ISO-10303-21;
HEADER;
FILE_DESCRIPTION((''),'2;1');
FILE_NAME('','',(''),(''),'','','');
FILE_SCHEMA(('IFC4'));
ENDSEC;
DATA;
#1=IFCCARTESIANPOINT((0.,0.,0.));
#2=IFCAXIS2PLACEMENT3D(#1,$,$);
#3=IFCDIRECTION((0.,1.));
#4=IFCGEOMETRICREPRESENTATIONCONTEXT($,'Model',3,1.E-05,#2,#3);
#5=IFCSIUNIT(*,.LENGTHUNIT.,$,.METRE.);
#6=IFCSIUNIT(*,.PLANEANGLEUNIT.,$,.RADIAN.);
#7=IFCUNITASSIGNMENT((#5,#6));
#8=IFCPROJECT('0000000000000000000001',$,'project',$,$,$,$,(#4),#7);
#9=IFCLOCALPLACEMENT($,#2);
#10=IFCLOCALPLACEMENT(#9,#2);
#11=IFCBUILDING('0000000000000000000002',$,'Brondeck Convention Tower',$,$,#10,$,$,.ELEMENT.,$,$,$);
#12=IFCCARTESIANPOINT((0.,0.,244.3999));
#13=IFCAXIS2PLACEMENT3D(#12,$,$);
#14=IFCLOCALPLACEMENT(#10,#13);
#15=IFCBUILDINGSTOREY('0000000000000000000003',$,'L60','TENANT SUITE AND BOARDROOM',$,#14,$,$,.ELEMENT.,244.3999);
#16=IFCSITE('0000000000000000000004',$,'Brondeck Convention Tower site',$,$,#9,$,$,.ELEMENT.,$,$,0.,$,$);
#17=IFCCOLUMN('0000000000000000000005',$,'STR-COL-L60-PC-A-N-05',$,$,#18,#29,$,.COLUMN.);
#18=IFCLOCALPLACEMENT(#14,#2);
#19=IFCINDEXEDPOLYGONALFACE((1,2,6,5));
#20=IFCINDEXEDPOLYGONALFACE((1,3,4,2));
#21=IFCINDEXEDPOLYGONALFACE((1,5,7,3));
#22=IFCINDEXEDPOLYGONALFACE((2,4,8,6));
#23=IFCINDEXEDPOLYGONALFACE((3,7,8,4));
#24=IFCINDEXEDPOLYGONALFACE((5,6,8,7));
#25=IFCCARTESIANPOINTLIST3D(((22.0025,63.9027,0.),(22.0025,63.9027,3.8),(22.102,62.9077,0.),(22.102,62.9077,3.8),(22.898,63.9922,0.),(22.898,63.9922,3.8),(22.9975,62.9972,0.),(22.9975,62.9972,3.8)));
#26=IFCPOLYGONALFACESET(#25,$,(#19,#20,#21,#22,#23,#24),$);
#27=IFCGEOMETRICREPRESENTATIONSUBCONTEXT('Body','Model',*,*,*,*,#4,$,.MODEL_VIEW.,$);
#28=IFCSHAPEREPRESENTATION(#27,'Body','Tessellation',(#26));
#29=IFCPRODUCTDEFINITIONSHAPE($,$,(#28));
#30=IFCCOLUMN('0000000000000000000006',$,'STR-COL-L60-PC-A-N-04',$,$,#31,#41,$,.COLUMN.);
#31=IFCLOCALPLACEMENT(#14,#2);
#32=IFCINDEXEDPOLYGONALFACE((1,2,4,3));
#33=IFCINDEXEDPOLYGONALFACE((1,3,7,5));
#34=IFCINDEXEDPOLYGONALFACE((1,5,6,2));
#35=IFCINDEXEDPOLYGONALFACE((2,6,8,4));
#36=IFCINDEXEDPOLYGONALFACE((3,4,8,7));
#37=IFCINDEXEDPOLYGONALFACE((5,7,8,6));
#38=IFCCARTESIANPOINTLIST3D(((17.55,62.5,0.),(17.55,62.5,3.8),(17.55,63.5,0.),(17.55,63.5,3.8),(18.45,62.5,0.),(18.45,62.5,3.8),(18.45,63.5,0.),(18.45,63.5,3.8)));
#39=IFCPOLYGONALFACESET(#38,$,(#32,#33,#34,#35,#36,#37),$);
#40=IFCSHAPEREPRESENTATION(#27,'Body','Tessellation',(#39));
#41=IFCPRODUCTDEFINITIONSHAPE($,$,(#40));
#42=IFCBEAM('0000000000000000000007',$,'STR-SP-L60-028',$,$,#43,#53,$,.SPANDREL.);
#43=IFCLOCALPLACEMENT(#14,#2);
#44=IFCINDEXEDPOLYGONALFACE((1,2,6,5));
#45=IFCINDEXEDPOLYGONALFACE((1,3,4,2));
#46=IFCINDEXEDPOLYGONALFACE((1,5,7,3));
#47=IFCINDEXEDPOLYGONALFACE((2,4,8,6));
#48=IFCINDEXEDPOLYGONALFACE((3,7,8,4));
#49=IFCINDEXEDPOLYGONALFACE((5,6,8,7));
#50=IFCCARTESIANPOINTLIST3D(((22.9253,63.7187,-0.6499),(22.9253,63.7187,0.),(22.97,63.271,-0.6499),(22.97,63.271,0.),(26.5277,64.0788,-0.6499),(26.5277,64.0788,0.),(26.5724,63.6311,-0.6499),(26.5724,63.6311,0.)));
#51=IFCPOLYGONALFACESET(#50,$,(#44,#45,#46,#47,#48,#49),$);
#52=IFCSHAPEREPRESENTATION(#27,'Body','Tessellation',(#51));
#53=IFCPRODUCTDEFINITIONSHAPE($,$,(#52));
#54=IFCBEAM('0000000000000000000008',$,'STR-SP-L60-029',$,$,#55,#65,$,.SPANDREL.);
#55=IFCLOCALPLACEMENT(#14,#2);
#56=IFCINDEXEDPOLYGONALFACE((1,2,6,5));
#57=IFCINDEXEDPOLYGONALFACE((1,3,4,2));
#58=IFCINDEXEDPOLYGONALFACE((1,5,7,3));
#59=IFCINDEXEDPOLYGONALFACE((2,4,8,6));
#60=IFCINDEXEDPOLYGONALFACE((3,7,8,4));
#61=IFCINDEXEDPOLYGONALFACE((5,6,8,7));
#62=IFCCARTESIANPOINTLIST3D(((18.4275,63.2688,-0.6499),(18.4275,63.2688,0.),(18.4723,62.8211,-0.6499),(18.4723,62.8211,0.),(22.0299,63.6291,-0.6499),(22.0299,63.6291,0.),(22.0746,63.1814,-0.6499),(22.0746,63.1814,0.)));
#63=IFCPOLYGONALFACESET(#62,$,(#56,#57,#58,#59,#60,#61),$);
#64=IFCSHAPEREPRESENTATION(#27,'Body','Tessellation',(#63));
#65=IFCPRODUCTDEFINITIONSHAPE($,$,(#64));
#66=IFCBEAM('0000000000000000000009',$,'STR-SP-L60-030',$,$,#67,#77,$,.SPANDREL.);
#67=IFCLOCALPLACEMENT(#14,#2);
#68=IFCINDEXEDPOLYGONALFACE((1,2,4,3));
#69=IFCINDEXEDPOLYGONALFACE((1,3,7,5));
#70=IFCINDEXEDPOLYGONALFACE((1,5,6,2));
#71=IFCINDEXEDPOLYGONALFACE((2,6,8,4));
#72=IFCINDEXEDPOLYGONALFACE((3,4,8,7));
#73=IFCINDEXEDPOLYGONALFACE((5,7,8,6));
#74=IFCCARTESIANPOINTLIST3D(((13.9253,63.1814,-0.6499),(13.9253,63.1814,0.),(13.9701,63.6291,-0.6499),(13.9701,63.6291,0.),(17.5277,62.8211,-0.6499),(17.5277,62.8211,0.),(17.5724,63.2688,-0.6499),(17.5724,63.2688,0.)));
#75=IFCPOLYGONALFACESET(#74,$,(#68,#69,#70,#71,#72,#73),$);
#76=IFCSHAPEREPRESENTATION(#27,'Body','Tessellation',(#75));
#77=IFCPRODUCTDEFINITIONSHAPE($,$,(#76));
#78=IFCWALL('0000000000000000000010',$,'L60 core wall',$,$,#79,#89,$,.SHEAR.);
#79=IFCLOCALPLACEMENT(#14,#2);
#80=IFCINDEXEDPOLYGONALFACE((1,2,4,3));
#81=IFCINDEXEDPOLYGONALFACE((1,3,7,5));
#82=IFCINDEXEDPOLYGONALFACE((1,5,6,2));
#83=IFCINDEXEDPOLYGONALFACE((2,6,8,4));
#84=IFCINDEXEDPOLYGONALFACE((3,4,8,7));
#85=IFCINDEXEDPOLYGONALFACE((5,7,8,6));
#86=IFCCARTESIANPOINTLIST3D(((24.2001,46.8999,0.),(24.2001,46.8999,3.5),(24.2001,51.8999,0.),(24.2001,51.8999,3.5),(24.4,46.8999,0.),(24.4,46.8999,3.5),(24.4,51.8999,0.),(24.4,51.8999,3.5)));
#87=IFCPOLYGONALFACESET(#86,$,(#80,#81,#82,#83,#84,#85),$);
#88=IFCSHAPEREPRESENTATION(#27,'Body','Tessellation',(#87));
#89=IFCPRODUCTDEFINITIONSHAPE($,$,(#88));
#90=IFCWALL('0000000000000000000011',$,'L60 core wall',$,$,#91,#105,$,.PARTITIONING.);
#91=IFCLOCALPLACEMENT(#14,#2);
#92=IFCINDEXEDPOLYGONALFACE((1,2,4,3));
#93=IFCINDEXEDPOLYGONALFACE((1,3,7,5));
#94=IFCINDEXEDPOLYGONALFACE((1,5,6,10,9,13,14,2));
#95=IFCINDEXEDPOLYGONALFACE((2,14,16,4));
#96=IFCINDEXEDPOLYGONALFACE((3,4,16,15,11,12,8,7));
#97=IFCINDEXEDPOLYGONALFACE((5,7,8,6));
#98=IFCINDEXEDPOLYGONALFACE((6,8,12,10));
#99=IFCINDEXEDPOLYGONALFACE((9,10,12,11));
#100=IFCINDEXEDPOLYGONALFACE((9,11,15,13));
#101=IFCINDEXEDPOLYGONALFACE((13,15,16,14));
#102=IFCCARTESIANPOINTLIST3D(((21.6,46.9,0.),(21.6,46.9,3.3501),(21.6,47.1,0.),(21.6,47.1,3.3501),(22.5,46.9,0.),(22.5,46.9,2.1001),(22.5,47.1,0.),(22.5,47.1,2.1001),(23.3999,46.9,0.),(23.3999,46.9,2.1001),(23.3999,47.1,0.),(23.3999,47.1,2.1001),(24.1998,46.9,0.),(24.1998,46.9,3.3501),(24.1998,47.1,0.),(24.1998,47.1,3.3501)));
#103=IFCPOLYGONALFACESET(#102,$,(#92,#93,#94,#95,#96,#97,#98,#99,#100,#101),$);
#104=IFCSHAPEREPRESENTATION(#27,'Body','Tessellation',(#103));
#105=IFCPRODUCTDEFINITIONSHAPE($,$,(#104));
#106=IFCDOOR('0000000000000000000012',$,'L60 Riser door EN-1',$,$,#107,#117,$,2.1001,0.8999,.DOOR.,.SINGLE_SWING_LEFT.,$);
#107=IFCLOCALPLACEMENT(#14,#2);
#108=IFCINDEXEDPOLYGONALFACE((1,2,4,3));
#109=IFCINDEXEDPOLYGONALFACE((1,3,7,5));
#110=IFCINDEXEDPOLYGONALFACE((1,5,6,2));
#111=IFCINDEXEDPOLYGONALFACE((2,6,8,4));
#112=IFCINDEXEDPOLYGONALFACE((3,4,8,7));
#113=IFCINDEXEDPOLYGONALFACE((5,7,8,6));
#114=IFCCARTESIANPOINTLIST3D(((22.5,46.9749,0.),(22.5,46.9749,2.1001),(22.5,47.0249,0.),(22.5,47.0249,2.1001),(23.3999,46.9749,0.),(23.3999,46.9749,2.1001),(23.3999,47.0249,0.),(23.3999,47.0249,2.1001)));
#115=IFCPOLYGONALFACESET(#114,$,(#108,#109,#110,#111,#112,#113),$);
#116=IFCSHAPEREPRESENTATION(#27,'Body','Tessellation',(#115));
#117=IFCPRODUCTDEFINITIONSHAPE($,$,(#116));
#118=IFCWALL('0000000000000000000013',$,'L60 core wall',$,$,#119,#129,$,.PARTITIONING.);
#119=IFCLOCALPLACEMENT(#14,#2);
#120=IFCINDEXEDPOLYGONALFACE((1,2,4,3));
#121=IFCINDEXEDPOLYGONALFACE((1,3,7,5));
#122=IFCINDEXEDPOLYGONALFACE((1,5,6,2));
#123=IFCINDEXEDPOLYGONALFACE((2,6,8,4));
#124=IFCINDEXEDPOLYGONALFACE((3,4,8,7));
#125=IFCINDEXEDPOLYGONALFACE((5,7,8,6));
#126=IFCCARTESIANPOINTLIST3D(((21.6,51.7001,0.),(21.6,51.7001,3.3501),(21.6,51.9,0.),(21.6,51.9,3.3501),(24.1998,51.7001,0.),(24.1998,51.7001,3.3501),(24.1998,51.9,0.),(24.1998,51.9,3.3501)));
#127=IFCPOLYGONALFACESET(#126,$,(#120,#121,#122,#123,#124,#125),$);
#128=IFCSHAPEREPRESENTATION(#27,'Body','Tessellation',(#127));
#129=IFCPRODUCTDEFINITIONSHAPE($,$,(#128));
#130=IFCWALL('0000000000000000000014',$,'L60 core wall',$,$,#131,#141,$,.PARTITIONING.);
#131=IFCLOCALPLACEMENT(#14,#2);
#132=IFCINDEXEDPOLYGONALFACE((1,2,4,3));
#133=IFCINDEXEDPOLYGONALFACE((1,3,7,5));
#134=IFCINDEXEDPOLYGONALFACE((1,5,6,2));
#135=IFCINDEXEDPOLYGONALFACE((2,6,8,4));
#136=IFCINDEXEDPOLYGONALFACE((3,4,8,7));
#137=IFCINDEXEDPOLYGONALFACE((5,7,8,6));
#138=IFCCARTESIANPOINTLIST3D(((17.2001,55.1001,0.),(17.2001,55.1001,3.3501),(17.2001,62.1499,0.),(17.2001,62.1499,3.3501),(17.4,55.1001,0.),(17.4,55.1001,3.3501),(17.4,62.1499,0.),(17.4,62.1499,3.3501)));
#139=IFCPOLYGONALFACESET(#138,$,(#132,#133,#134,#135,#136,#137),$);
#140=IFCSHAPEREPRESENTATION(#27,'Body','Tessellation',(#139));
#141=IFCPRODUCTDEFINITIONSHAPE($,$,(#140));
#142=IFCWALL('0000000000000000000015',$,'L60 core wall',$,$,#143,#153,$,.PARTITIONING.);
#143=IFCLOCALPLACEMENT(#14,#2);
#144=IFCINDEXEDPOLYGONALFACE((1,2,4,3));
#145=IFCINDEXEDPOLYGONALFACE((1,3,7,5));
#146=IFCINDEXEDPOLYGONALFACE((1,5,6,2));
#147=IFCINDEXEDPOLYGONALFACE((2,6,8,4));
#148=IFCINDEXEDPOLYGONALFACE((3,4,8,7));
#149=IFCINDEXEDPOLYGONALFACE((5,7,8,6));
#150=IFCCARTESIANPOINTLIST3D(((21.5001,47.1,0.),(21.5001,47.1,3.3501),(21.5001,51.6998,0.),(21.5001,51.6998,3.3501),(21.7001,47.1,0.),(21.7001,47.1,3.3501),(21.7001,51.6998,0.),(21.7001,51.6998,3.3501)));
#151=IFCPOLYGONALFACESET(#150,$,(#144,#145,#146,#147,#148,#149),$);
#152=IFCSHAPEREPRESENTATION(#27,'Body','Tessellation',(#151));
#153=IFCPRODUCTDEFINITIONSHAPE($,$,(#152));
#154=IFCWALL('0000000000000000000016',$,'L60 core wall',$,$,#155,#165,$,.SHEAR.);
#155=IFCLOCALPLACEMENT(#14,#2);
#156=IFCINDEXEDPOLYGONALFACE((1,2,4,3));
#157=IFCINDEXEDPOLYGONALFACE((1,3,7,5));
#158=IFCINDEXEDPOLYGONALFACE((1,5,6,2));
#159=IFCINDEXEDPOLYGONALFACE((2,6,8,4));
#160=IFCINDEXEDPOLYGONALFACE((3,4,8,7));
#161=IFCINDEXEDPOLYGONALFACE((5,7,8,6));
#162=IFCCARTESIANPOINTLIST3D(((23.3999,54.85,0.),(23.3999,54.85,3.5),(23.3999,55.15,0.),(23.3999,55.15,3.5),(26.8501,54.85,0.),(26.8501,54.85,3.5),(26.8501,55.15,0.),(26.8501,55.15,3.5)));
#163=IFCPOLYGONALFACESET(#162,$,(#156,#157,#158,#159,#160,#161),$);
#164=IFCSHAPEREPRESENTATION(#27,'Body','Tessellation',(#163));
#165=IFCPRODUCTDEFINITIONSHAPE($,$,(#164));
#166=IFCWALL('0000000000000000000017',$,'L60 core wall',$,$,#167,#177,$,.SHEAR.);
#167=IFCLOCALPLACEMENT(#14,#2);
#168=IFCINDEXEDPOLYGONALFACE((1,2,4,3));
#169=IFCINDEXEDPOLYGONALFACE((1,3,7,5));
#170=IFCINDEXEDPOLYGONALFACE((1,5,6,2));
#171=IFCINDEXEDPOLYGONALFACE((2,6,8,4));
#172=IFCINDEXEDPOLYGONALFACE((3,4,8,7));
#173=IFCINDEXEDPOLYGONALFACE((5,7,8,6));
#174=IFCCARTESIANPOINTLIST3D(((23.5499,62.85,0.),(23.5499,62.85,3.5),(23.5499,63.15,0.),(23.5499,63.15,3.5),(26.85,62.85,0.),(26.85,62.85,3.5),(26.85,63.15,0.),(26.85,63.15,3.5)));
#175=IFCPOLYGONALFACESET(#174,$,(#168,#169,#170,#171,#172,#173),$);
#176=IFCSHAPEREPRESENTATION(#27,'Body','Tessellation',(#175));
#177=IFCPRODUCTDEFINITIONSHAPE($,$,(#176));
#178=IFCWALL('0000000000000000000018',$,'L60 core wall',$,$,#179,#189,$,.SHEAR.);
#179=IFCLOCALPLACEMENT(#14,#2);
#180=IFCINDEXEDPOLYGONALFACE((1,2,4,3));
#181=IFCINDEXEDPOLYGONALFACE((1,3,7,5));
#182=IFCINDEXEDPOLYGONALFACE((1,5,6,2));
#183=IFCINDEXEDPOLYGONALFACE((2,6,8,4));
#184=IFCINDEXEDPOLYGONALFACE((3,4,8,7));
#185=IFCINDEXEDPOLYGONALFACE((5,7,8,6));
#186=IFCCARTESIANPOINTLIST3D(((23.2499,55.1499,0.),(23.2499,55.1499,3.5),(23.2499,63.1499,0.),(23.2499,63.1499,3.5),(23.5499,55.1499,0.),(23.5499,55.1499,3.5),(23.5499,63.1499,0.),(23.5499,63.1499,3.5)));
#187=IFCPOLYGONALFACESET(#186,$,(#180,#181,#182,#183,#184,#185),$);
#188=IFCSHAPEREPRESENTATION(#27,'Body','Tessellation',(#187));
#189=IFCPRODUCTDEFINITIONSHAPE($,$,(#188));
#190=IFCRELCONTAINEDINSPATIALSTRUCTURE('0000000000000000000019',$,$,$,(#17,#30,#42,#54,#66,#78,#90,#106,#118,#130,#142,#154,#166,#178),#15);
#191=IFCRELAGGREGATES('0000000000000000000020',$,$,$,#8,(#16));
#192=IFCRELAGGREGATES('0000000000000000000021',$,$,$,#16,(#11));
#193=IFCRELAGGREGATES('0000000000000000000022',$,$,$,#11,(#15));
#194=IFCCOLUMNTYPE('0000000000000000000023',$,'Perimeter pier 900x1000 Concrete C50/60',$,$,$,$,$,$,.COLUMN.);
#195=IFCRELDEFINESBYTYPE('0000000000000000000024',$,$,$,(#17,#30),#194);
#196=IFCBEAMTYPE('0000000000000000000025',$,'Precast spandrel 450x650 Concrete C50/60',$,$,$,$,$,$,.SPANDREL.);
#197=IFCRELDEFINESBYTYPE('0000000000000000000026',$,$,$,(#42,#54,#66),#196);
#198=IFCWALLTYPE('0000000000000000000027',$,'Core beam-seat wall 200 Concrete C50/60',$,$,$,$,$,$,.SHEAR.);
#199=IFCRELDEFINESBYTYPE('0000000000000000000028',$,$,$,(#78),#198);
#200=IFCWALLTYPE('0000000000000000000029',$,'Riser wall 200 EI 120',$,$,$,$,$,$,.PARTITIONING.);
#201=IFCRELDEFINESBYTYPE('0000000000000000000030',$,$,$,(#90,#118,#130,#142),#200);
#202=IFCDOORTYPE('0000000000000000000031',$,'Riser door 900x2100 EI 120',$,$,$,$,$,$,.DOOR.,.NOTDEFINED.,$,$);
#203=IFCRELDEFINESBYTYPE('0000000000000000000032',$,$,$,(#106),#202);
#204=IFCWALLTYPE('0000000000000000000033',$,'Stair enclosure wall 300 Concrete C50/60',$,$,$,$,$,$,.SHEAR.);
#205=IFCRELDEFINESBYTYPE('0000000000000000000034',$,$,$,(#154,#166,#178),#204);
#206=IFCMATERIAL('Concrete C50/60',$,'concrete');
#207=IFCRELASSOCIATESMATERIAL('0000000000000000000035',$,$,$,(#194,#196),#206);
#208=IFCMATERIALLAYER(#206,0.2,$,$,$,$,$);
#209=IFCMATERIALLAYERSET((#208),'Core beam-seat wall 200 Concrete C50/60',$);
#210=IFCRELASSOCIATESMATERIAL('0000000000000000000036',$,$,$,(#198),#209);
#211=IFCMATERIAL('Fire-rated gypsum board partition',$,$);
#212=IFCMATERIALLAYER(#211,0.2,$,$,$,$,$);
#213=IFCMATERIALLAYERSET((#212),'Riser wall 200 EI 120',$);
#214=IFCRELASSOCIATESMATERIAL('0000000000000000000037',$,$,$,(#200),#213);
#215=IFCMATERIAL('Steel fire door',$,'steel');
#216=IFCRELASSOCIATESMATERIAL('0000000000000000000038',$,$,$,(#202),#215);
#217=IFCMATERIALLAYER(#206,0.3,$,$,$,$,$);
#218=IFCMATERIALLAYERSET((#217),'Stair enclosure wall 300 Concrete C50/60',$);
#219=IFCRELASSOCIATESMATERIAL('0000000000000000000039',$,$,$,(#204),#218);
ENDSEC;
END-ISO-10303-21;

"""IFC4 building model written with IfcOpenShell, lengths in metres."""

from ifc_helpers import new_model, si_unit, direction, frame, frame_2d, origin, origin_2d, place, context, subcontext, project, spatial, rectangle, extrude, material, layer, layer_set, material_profile, profile_set, type_object, element, fill, save


model = new_model("IFC4")

# Units and contexts
model_context = context("Model", 3, precision=1e-05, world=origin(), true_north=direction((0.0, 1.0)))
body_context = subcontext(model_context, "Body", "Model", "MODEL_VIEW")
ifc_project = project(units=[si_unit("LENGTHUNIT", "METRE"), si_unit("PLANEANGLEUNIT", "RADIAN")], contexts=[model_context])

# Site, building, storey
site_placement = place(None, origin())
site = spatial("IfcSite", under=ifc_project, at=site_placement, Name="Brondeck Convention Tower site", CompositionType="ELEMENT", RefElevation=0.0)
building_placement = place(site_placement, origin())
building = spatial("IfcBuilding", under=site, at=building_placement, Name="Brondeck Convention Tower", CompositionType="ELEMENT")
storey_placement = place(building_placement, frame((0.0, 0.0, 244.3999)))
storey = spatial("IfcBuildingStorey", under=building, at=storey_placement, Name="L60", Description="TENANT SUITE AND BOARDROOM", CompositionType="ELEMENT", Elevation=244.3999)

# Columns
ifc_material_1 = material(Name="Concrete C50/60", Category="concrete")
ifc_material_profile_1 = material_profile(ifc_material_1, rectangle(XDim=0.8999, YDim=1.0, at=origin_2d()), Name="Perimeter pier 900x1000 Concrete C50/60")
ifc_profile_set_1 = profile_set([ifc_material_profile_1], Name="Concrete C50/60")
column_type = type_object("IfcColumnType", Name="Perimeter pier 900x1000 Concrete C50/60", PredefinedType="COLUMN", material=ifc_profile_set_1)
for number, where, z_axis, x_axis, name in (
    (1, (22.5, 63.45, 0.0), (0.0, 0.0, 1.0), (-0.995037, -0.099504, 0.0), "STR-COL-L60-PC-A-N-05"),
    (2, (18.0, 63.0, 0.0), (0.0, 0.0, 1.0), (-1.0, 0.0, 0.0), "STR-COL-L60-PC-A-N-04"),
):
    element("IfcColumn", number, at=place(storey_placement, frame(where, z_axis=z_axis, x_axis=x_axis)), inside=storey, type_object=column_type, Name=name, PredefinedType="COLUMN", context=body_context, shape_type="SweptSolid", body=[
        extrude(rectangle(XDim=0.8999, YDim=1.0, at=origin_2d()), origin(), (0.0, 0.0, 1.0), 3.8),
    ])

# Beams
ifc_material_profile_2 = material_profile(ifc_material_1, rectangle(XDim=0.45, YDim=0.6499, at=origin_2d()), Name="Precast spandrel 450x650 Concrete C50/60")
ifc_profile_set_2 = profile_set([ifc_material_profile_2], Name="Concrete C50/60")
beam_type = type_object("IfcBeamType", Name="Precast spandrel 450x650 Concrete C50/60", PredefinedType="SPANDREL", material=ifc_profile_set_2)
for number, where, z_axis, x_axis, name in (
    (3, (26.55, 63.855, -0.325), (-0.995041, -0.09947, 0.0), (0.09947, -0.995041, 0.0), "STR-SP-L60-028"),
    (4, (22.0522, 63.4053, -0.325), (-0.995034, -0.099537, 0.0), (0.099537, -0.995034, 0.0), "STR-SP-L60-029"),
    (5, (17.55, 63.0449, -0.325), (-0.995034, 0.099537, 0.0), (-0.099537, -0.995034, 0.0), "STR-SP-L60-030"),
):
    element("IfcBeam", number, at=place(storey_placement, frame(where, z_axis=z_axis, x_axis=x_axis)), inside=storey, type_object=beam_type, Name=name, PredefinedType="SPANDREL", context=body_context, shape_type="SweptSolid", body=[
        extrude(rectangle(XDim=0.45, YDim=0.6499, at=origin_2d()), origin(), (0.0, 0.0, 1.0), 3.6204),
    ])

# Wall
ifc_layer_1 = layer(ifc_material_1, 0.2)
ifc_layer_set_1 = layer_set([ifc_layer_1], Name="Core beam-seat wall 200 Concrete C50/60")
wall_type_1 = type_object("IfcWallType", Name="Core beam-seat wall 200 Concrete C50/60", PredefinedType="SHEAR", material=ifc_layer_set_1)
wall_1_placement = place(storey_placement, frame((24.3, 46.8999, 0.0), z_axis=(0.0, 0.0, 1.0), x_axis=(0.0, 1.0, 0.0)))
element("IfcWall", 6, at=wall_1_placement, inside=storey, type_object=wall_type_1, Name="L60 core wall", PredefinedType="SHEAR", context=body_context, shape_type="SweptSolid", body=[
    extrude(rectangle(XDim=5.0, YDim=0.2, at=frame_2d((2.5, 0.0))), origin(), (0.0, 0.0, 1.0), 3.5),
])

# Wall, opening, door
ifc_material_2 = material(Name="Fire-rated gypsum board partition")
ifc_layer_2 = layer(ifc_material_2, 0.2)
ifc_layer_set_2 = layer_set([ifc_layer_2], Name="Riser wall 200 EI 120")
wall_type_2 = type_object("IfcWallType", Name="Riser wall 200 EI 120", PredefinedType="PARTITIONING", material=ifc_layer_set_2)
wall_2_placement = place(storey_placement, frame((21.6001, 47.0, 0.0), z_axis=(0.0, 0.0, 1.0), x_axis=(1.0, 0.0, 0.0)))
wall_2 = element("IfcWall", 7, at=wall_2_placement, inside=storey, type_object=wall_type_2, Name="L60 core wall", PredefinedType="PARTITIONING", context=body_context, shape_type="SweptSolid", body=[
    extrude(rectangle(XDim=2.5999, YDim=0.2, at=frame_2d((1.2998, 0.0))), origin(), (0.0, 0.0, 1.0), 3.3501),
])
opening_placement = place(wall_2_placement, frame((0.8999, 0.0, 0.0)))
opening = element("IfcOpeningElement", 8, at=opening_placement, cuts=wall_2, PredefinedType="OPENING", context=body_context, shape_type="SweptSolid", body=[
    extrude(rectangle(XDim=0.8999, YDim=2.1001, at=frame_2d((0.45, 1.05))), frame((0.0, 0.1099, 0.0), z_axis=(0.0, -1.0, 0.0), x_axis=(1.0, 0.0, 0.0)), (0.0, 0.0, 1.0), 0.22),
])
ifc_material_3 = material(Name="Steel fire door", Category="steel")
door_type = type_object("IfcDoorType", Name="Riser door 900x2100 EI 120", OperationType="NOTDEFINED", PredefinedType="DOOR", material=ifc_material_3)
door_placement = place(opening_placement, origin())
door = element("IfcDoor", 9, at=door_placement, inside=storey, type_object=door_type, Name="L60 Riser door EN-1", OperationType="SINGLE_SWING_LEFT", OverallHeight=2.1001, OverallWidth=0.8999, PredefinedType="DOOR", context=body_context, shape_type="SweptSolid", body=[
    extrude(rectangle(XDim=0.8999, YDim=2.1001, at=frame_2d((0.45, 1.05))), frame((0.0, 0.0249, 0.0), z_axis=(0.0, -1.0, 0.0), x_axis=(1.0, 0.0, 0.0)), (0.0, 0.0, 1.0), 0.05),
])
fill(opening, door)

# Walls
wall_3_placement = place(storey_placement, frame((21.6001, 51.8, 0.0), z_axis=(0.0, 0.0, 1.0), x_axis=(1.0, 0.0, 0.0)))
element("IfcWall", 10, at=wall_3_placement, inside=storey, type_object=wall_type_2, Name="L60 core wall", PredefinedType="PARTITIONING", context=body_context, shape_type="SweptSolid", body=[
    extrude(rectangle(XDim=2.5999, YDim=0.2, at=frame_2d((1.2998, 0.0))), origin(), (0.0, 0.0, 1.0), 3.3501),
])
wall_4_placement = place(storey_placement, frame((17.3, 55.1001, 0.0), z_axis=(0.0, 0.0, 1.0), x_axis=(0.0, 1.0, 0.0)))
element("IfcWall", 11, at=wall_4_placement, inside=storey, type_object=wall_type_2, Name="L60 core wall", PredefinedType="PARTITIONING", context=body_context, shape_type="SweptSolid", body=[
    extrude(rectangle(XDim=7.0498, YDim=0.2, at=frame_2d((3.5249, 0.0))), origin(), (0.0, 0.0, 1.0), 3.3501),
])
wall_5_placement = place(storey_placement, frame((21.6001, 47.1001, 0.0), z_axis=(0.0, 0.0, 1.0), x_axis=(0.0, 1.0, 0.0)))
element("IfcWall", 12, at=wall_5_placement, inside=storey, type_object=wall_type_2, Name="L60 core wall", PredefinedType="PARTITIONING", context=body_context, shape_type="SweptSolid", body=[
    extrude(rectangle(XDim=4.5999, YDim=0.2, at=frame_2d((2.2998, 0.0))), origin(), (0.0, 0.0, 1.0), 3.3501),
])
ifc_layer_3 = layer(ifc_material_1, 0.3)
ifc_layer_set_3 = layer_set([ifc_layer_3], Name="Stair enclosure wall 300 Concrete C50/60")
wall_type_3 = type_object("IfcWallType", Name="Stair enclosure wall 300 Concrete C50/60", PredefinedType="SHEAR", material=ifc_layer_set_3)
wall_6_placement = place(storey_placement, frame((23.3999, 55.0, 0.0), z_axis=(0.0, 0.0, 1.0), x_axis=(1.0, 0.0, 0.0)))
element("IfcWall", 13, at=wall_6_placement, inside=storey, type_object=wall_type_3, Name="L60 core wall", PredefinedType="SHEAR", context=body_context, shape_type="SweptSolid", body=[
    extrude(rectangle(XDim=3.4502, YDim=0.3, at=frame_2d((1.7251, 0.0))), origin(), (0.0, 0.0, 1.0), 3.5),
])
wall_7_placement = place(storey_placement, frame((23.55, 63.0, 0.0), z_axis=(0.0, 0.0, 1.0), x_axis=(1.0, 0.0, 0.0)))
element("IfcWall", 14, at=wall_7_placement, inside=storey, type_object=wall_type_3, Name="L60 core wall", PredefinedType="SHEAR", context=body_context, shape_type="SweptSolid", body=[
    extrude(rectangle(XDim=3.3, YDim=0.3, at=frame_2d((1.6499, 0.0))), origin(), (0.0, 0.0, 1.0), 3.5),
])
wall_8_placement = place(storey_placement, frame((23.3999, 55.1499, 0.0), z_axis=(0.0, 0.0, 1.0), x_axis=(0.0, 1.0, 0.0)))
element("IfcWall", 15, at=wall_8_placement, inside=storey, type_object=wall_type_3, Name="L60 core wall", PredefinedType="SHEAR", context=body_context, shape_type="SweptSolid", body=[
    extrude(rectangle(XDim=8.0, YDim=0.3, at=frame_2d((4.0, 0.0))), origin(), (0.0, 0.0, 1.0), 3.5),
])

save(model, "model.ifc")
